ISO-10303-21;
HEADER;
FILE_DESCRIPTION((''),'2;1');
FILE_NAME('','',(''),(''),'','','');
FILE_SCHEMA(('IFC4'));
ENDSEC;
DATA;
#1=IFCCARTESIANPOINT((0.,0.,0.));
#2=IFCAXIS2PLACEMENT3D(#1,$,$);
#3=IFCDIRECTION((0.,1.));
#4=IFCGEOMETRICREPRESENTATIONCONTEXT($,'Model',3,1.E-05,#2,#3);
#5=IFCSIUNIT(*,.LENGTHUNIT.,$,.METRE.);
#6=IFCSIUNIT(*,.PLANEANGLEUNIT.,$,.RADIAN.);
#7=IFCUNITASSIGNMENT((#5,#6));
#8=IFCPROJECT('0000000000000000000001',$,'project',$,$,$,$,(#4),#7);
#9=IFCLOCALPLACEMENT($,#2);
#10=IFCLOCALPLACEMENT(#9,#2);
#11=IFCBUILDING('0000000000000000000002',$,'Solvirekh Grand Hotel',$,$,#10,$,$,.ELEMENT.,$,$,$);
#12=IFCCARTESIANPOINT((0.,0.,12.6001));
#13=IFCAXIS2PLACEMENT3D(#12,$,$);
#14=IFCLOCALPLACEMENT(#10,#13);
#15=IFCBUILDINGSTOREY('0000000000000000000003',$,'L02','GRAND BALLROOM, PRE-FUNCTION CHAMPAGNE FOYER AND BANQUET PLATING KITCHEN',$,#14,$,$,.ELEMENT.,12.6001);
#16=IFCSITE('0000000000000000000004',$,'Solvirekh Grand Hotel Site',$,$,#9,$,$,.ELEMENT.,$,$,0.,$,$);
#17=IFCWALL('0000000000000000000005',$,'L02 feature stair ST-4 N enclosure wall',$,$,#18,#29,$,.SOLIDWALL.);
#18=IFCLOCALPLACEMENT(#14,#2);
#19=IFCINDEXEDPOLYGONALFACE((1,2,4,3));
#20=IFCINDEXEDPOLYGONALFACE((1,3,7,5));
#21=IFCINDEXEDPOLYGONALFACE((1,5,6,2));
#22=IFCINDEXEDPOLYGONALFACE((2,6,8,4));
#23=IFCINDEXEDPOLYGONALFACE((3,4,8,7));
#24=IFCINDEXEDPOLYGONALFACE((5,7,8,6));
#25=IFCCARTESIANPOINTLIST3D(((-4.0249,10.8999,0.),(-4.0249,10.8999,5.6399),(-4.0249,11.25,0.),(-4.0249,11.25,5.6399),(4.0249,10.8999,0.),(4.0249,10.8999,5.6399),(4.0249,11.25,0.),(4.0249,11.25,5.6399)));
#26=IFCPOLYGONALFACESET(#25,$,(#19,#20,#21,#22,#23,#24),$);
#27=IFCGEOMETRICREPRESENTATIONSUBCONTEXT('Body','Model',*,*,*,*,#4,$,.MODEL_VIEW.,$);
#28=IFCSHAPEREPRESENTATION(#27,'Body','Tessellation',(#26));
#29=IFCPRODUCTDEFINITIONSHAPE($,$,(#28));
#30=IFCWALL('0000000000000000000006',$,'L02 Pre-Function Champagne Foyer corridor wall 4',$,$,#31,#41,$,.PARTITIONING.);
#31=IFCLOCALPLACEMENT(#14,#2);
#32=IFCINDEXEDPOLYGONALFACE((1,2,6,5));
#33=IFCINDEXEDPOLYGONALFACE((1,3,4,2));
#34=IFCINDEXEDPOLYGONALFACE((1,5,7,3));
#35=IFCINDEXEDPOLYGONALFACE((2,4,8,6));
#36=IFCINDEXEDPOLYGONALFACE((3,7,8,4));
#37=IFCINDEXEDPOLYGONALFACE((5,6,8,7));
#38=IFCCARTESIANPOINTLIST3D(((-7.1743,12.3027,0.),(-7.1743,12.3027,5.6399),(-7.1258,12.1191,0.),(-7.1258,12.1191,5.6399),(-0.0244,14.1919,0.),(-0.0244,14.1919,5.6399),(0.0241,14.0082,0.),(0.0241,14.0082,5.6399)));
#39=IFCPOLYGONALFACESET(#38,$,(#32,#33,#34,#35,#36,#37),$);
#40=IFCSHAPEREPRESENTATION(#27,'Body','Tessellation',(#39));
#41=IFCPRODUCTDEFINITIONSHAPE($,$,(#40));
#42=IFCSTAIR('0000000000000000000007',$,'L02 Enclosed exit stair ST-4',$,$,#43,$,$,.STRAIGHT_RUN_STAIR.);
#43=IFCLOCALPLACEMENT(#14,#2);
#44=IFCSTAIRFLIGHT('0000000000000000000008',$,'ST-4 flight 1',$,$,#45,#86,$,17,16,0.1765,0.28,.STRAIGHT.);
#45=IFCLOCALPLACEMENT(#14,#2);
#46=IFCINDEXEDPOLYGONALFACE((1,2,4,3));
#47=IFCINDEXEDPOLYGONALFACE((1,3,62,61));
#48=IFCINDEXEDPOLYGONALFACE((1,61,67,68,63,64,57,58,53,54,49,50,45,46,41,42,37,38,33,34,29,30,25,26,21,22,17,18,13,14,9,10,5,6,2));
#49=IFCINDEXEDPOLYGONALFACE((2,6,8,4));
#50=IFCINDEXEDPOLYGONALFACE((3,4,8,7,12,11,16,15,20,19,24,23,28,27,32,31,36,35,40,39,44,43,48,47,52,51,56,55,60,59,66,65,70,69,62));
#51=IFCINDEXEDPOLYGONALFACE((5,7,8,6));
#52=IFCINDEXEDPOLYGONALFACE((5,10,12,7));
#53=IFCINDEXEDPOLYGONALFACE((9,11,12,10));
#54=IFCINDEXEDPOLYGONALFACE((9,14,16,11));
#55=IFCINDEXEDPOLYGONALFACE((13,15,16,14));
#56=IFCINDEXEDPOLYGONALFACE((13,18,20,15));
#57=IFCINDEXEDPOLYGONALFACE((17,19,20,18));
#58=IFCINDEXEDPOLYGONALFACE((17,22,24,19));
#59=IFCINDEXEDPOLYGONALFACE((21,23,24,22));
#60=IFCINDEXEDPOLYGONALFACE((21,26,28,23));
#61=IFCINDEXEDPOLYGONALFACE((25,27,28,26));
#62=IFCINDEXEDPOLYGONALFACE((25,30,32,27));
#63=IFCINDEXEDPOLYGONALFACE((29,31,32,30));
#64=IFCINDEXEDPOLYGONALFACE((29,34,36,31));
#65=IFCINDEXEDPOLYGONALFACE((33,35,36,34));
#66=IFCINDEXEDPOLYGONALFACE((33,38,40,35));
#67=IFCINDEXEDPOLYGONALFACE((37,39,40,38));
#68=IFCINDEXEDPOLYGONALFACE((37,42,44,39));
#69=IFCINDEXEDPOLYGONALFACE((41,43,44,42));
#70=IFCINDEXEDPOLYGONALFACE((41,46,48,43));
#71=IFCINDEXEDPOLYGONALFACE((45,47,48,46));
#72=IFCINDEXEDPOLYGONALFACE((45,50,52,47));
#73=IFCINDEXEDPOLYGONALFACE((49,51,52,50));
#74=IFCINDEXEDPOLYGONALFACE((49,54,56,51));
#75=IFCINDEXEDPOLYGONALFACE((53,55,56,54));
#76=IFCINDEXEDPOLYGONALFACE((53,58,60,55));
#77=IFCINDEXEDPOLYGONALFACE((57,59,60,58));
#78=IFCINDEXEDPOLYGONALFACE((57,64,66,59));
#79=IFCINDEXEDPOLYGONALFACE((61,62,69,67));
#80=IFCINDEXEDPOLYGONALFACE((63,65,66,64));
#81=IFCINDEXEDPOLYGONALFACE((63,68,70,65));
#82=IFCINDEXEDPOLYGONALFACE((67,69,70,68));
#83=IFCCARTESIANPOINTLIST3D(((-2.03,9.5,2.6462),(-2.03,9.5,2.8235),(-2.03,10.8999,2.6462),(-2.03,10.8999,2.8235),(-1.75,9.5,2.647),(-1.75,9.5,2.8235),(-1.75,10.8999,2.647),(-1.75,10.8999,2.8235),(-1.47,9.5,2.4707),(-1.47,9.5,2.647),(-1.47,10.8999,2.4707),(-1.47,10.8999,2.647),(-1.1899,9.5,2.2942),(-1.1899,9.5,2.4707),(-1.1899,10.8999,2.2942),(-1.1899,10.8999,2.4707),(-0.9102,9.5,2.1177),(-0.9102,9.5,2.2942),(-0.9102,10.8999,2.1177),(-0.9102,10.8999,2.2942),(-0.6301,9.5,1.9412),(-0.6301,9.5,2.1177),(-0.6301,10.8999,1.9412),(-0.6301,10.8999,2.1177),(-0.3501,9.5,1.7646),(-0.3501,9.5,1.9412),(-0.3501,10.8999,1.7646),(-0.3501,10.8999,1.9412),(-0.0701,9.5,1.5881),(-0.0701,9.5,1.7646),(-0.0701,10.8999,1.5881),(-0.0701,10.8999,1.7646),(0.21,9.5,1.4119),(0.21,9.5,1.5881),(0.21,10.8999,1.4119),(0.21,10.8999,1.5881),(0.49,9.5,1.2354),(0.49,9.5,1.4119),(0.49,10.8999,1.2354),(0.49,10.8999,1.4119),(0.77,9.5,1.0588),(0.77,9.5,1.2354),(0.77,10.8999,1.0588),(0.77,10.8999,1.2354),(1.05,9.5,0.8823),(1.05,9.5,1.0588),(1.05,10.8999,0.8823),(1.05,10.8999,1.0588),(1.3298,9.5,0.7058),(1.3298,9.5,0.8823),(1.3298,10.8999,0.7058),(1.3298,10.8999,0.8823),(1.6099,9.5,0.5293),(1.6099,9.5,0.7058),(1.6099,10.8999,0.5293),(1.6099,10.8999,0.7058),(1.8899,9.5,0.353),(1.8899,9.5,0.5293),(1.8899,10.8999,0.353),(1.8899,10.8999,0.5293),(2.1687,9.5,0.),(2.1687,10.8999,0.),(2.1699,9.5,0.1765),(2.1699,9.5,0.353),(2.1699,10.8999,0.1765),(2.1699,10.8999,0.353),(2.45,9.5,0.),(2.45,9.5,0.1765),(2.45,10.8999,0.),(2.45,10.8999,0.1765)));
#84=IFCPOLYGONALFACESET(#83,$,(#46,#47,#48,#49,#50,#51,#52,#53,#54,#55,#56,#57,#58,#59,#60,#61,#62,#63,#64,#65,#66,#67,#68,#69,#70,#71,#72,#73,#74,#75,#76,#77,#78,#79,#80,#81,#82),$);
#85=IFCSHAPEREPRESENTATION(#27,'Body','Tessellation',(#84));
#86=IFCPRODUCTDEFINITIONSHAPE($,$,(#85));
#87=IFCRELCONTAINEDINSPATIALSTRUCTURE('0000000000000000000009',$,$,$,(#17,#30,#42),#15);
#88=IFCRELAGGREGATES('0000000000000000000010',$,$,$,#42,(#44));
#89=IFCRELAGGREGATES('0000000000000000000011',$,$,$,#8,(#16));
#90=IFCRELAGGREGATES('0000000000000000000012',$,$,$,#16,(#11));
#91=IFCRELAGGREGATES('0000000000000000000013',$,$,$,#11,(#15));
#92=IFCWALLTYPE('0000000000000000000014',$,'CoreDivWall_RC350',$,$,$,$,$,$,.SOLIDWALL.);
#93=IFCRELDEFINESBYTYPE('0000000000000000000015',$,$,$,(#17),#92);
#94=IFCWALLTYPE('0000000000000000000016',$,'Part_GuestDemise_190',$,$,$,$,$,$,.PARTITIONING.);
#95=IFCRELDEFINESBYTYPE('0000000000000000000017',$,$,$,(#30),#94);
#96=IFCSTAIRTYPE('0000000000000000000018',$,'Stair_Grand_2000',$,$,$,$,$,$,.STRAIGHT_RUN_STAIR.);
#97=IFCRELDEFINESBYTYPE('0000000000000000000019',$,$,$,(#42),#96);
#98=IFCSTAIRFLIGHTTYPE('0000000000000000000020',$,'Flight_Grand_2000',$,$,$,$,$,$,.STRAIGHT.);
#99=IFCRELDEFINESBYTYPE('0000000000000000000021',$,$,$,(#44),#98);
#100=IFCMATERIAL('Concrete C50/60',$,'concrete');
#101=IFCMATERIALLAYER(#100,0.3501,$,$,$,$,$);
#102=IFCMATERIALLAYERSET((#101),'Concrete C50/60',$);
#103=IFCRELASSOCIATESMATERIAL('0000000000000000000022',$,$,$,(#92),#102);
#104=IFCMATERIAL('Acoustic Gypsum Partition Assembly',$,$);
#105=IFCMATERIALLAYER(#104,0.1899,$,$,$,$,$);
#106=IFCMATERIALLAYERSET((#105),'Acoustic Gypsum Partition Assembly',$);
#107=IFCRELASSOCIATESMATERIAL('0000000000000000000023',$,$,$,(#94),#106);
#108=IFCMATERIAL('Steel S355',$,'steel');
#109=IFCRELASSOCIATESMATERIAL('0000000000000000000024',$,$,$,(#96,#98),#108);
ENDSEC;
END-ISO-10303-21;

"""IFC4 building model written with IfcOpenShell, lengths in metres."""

from ifc_helpers import new_model, si_unit, direction, frame, frame_2d, origin, place, context, subcontext, project, spatial, polyline, rectangle, outline, extrude, material, layer, layer_set, type_object, element, aggregate, save


model = new_model("IFC4")

# Units and contexts
model_context = context("Model", 3, precision=1e-05, world=origin(), true_north=direction((0.0, 1.0)))
body_context = subcontext(model_context, "Body", "Model", "MODEL_VIEW")
ifc_project = project(units=[si_unit("LENGTHUNIT", "METRE"), si_unit("PLANEANGLEUNIT", "RADIAN")], contexts=[model_context])

# Site, building, storey
site_placement = place(None, origin())
site = spatial("IfcSite", under=ifc_project, at=site_placement, Name="Solvirekh Grand Hotel Site", CompositionType="ELEMENT", RefElevation=0.0)
building_placement = place(site_placement, origin())
building = spatial("IfcBuilding", under=site, at=building_placement, Name="Solvirekh Grand Hotel", CompositionType="ELEMENT")
storey_placement = place(building_placement, frame((0.0, 0.0, 12.6001)))
storey = spatial("IfcBuildingStorey", under=building, at=storey_placement, Name="L02", Description="GRAND BALLROOM, PRE-FUNCTION CHAMPAGNE FOYER AND BANQUET PLATING KITCHEN", CompositionType="ELEMENT", Elevation=12.6001)

# Shared definitions
ifc_material_1 = material(Name="Steel S355", Category="steel")

# Shared definitions
ifc_material_2 = material(Name="Concrete C50/60", Category="concrete")
ifc_layer_1 = layer(ifc_material_2, 0.3501)
ifc_layer_set_1 = layer_set([ifc_layer_1], Name="Concrete C50/60")
wall_type_1 = type_object("IfcWallType", Name="CoreDivWall_RC350", PredefinedType="SOLIDWALL", material=ifc_layer_set_1)

# Walls
wall_1_placement = place(storey_placement, frame((4.0249, 11.075, 0.0), z_axis=(0.0, 0.0, 1.0), x_axis=(-1.0, 0.0, 0.0)))
element("IfcWall", 1, at=wall_1_placement, inside=storey, type_object=wall_type_1, Name="L02 feature stair ST-4 N enclosure wall", PredefinedType="SOLIDWALL", context=body_context, shape_type="SweptSolid", body=[
    extrude(rectangle(XDim=8.0498, YDim=0.3501, at=frame_2d((4.0249, 0.0))), origin(), (0.0, 0.0, 1.0), 5.6399),
])
ifc_material_3 = material(Name="Acoustic Gypsum Partition Assembly")
ifc_layer_2 = layer(ifc_material_3, 0.1899)
ifc_layer_set_2 = layer_set([ifc_layer_2], Name="Acoustic Gypsum Partition Assembly")
wall_type_2 = type_object("IfcWallType", Name="Part_GuestDemise_190", PredefinedType="PARTITIONING", material=ifc_layer_set_2)
wall_2_placement = place(storey_placement, frame((0.0, 14.1001, 0.0), z_axis=(0.0, 0.0, 1.0), x_axis=(-0.966821, -0.255455, 0.0)))
element("IfcWall", 2, at=wall_2_placement, inside=storey, type_object=wall_type_2, Name="L02 Pre-Function Champagne Foyer corridor wall 4", PredefinedType="PARTITIONING", context=body_context, shape_type="SweptSolid", body=[
    extrude(rectangle(XDim=7.3953, YDim=0.1899, at=frame_2d((3.6978, 0.0))), origin(), (0.0, 0.0, 1.0), 5.6399),
])

# Stair, stair flight
stair_type = type_object("IfcStairType", Name="Stair_Grand_2000", PredefinedType="STRAIGHT_RUN_STAIR", material=ifc_material_1)
stair_placement = place(storey_placement, origin())
stair = element("IfcStair", 3, at=stair_placement, inside=storey, type_object=stair_type, Name="L02 Enclosed exit stair ST-4", PredefinedType="STRAIGHT_RUN_STAIR")
stair_flight_type = type_object("IfcStairFlightType", Name="Flight_Grand_2000", PredefinedType="STRAIGHT", material=ifc_material_1)
stair_flight_placement = place(storey_placement, frame((2.45, 10.2, 0.0), z_axis=(0.0, 0.0, 1.0), x_axis=(-1.0, 0.0, 0.0)))
stair_flight = element("IfcStairFlight", 4, at=stair_flight_placement, type_object=stair_flight_type, Name="ST-4 flight 1", NumberOfRisers=17, NumberOfTreads=16, PredefinedType="STRAIGHT", RiserHeight=0.1765, TreadLength=0.28, context=body_context, shape_type="SweptSolid", body=[
    extrude(outline(polyline([(0.0, 0.0), (0.0, 0.1765), (0.28, 0.1765), (0.28, 0.353), (0.5601, 0.353), (0.5601, 0.5293), (0.8401, 0.5293), (0.8401, 0.7058), (1.1201, 0.7058), (1.1201, 0.8823), (1.3999, 0.8823), (1.3999, 1.0588), (1.6799, 1.0588), (1.6799, 1.2354), (1.96, 1.2354), (1.96, 1.4119), (2.24, 1.4119), (2.24, 1.5881), (2.52, 1.5881), (2.52, 1.7646), (2.8, 1.7646), (2.8, 1.9412), (3.0801, 1.9412), (3.0801, 2.1177), (3.3601, 2.1177), (3.3601, 2.2942), (3.6399, 2.2942), (3.6399, 2.4707), (3.9199, 2.4707), (3.9199, 2.647), (4.2, 2.647), (4.2, 2.8235), (4.48, 2.8235), (4.48, 3.0), (4.48, 2.6462), (0.2812, 0.0), (0.0, 0.0)])), frame((0.0, 0.7, 0.0), z_axis=(0.0, -1.0, 0.0), x_axis=(1.0, 0.0, 0.0)), (0.0, 0.0, 1.0), 1.3999),
])
aggregate(stair, [stair_flight])

save(model, "model.ifc")
